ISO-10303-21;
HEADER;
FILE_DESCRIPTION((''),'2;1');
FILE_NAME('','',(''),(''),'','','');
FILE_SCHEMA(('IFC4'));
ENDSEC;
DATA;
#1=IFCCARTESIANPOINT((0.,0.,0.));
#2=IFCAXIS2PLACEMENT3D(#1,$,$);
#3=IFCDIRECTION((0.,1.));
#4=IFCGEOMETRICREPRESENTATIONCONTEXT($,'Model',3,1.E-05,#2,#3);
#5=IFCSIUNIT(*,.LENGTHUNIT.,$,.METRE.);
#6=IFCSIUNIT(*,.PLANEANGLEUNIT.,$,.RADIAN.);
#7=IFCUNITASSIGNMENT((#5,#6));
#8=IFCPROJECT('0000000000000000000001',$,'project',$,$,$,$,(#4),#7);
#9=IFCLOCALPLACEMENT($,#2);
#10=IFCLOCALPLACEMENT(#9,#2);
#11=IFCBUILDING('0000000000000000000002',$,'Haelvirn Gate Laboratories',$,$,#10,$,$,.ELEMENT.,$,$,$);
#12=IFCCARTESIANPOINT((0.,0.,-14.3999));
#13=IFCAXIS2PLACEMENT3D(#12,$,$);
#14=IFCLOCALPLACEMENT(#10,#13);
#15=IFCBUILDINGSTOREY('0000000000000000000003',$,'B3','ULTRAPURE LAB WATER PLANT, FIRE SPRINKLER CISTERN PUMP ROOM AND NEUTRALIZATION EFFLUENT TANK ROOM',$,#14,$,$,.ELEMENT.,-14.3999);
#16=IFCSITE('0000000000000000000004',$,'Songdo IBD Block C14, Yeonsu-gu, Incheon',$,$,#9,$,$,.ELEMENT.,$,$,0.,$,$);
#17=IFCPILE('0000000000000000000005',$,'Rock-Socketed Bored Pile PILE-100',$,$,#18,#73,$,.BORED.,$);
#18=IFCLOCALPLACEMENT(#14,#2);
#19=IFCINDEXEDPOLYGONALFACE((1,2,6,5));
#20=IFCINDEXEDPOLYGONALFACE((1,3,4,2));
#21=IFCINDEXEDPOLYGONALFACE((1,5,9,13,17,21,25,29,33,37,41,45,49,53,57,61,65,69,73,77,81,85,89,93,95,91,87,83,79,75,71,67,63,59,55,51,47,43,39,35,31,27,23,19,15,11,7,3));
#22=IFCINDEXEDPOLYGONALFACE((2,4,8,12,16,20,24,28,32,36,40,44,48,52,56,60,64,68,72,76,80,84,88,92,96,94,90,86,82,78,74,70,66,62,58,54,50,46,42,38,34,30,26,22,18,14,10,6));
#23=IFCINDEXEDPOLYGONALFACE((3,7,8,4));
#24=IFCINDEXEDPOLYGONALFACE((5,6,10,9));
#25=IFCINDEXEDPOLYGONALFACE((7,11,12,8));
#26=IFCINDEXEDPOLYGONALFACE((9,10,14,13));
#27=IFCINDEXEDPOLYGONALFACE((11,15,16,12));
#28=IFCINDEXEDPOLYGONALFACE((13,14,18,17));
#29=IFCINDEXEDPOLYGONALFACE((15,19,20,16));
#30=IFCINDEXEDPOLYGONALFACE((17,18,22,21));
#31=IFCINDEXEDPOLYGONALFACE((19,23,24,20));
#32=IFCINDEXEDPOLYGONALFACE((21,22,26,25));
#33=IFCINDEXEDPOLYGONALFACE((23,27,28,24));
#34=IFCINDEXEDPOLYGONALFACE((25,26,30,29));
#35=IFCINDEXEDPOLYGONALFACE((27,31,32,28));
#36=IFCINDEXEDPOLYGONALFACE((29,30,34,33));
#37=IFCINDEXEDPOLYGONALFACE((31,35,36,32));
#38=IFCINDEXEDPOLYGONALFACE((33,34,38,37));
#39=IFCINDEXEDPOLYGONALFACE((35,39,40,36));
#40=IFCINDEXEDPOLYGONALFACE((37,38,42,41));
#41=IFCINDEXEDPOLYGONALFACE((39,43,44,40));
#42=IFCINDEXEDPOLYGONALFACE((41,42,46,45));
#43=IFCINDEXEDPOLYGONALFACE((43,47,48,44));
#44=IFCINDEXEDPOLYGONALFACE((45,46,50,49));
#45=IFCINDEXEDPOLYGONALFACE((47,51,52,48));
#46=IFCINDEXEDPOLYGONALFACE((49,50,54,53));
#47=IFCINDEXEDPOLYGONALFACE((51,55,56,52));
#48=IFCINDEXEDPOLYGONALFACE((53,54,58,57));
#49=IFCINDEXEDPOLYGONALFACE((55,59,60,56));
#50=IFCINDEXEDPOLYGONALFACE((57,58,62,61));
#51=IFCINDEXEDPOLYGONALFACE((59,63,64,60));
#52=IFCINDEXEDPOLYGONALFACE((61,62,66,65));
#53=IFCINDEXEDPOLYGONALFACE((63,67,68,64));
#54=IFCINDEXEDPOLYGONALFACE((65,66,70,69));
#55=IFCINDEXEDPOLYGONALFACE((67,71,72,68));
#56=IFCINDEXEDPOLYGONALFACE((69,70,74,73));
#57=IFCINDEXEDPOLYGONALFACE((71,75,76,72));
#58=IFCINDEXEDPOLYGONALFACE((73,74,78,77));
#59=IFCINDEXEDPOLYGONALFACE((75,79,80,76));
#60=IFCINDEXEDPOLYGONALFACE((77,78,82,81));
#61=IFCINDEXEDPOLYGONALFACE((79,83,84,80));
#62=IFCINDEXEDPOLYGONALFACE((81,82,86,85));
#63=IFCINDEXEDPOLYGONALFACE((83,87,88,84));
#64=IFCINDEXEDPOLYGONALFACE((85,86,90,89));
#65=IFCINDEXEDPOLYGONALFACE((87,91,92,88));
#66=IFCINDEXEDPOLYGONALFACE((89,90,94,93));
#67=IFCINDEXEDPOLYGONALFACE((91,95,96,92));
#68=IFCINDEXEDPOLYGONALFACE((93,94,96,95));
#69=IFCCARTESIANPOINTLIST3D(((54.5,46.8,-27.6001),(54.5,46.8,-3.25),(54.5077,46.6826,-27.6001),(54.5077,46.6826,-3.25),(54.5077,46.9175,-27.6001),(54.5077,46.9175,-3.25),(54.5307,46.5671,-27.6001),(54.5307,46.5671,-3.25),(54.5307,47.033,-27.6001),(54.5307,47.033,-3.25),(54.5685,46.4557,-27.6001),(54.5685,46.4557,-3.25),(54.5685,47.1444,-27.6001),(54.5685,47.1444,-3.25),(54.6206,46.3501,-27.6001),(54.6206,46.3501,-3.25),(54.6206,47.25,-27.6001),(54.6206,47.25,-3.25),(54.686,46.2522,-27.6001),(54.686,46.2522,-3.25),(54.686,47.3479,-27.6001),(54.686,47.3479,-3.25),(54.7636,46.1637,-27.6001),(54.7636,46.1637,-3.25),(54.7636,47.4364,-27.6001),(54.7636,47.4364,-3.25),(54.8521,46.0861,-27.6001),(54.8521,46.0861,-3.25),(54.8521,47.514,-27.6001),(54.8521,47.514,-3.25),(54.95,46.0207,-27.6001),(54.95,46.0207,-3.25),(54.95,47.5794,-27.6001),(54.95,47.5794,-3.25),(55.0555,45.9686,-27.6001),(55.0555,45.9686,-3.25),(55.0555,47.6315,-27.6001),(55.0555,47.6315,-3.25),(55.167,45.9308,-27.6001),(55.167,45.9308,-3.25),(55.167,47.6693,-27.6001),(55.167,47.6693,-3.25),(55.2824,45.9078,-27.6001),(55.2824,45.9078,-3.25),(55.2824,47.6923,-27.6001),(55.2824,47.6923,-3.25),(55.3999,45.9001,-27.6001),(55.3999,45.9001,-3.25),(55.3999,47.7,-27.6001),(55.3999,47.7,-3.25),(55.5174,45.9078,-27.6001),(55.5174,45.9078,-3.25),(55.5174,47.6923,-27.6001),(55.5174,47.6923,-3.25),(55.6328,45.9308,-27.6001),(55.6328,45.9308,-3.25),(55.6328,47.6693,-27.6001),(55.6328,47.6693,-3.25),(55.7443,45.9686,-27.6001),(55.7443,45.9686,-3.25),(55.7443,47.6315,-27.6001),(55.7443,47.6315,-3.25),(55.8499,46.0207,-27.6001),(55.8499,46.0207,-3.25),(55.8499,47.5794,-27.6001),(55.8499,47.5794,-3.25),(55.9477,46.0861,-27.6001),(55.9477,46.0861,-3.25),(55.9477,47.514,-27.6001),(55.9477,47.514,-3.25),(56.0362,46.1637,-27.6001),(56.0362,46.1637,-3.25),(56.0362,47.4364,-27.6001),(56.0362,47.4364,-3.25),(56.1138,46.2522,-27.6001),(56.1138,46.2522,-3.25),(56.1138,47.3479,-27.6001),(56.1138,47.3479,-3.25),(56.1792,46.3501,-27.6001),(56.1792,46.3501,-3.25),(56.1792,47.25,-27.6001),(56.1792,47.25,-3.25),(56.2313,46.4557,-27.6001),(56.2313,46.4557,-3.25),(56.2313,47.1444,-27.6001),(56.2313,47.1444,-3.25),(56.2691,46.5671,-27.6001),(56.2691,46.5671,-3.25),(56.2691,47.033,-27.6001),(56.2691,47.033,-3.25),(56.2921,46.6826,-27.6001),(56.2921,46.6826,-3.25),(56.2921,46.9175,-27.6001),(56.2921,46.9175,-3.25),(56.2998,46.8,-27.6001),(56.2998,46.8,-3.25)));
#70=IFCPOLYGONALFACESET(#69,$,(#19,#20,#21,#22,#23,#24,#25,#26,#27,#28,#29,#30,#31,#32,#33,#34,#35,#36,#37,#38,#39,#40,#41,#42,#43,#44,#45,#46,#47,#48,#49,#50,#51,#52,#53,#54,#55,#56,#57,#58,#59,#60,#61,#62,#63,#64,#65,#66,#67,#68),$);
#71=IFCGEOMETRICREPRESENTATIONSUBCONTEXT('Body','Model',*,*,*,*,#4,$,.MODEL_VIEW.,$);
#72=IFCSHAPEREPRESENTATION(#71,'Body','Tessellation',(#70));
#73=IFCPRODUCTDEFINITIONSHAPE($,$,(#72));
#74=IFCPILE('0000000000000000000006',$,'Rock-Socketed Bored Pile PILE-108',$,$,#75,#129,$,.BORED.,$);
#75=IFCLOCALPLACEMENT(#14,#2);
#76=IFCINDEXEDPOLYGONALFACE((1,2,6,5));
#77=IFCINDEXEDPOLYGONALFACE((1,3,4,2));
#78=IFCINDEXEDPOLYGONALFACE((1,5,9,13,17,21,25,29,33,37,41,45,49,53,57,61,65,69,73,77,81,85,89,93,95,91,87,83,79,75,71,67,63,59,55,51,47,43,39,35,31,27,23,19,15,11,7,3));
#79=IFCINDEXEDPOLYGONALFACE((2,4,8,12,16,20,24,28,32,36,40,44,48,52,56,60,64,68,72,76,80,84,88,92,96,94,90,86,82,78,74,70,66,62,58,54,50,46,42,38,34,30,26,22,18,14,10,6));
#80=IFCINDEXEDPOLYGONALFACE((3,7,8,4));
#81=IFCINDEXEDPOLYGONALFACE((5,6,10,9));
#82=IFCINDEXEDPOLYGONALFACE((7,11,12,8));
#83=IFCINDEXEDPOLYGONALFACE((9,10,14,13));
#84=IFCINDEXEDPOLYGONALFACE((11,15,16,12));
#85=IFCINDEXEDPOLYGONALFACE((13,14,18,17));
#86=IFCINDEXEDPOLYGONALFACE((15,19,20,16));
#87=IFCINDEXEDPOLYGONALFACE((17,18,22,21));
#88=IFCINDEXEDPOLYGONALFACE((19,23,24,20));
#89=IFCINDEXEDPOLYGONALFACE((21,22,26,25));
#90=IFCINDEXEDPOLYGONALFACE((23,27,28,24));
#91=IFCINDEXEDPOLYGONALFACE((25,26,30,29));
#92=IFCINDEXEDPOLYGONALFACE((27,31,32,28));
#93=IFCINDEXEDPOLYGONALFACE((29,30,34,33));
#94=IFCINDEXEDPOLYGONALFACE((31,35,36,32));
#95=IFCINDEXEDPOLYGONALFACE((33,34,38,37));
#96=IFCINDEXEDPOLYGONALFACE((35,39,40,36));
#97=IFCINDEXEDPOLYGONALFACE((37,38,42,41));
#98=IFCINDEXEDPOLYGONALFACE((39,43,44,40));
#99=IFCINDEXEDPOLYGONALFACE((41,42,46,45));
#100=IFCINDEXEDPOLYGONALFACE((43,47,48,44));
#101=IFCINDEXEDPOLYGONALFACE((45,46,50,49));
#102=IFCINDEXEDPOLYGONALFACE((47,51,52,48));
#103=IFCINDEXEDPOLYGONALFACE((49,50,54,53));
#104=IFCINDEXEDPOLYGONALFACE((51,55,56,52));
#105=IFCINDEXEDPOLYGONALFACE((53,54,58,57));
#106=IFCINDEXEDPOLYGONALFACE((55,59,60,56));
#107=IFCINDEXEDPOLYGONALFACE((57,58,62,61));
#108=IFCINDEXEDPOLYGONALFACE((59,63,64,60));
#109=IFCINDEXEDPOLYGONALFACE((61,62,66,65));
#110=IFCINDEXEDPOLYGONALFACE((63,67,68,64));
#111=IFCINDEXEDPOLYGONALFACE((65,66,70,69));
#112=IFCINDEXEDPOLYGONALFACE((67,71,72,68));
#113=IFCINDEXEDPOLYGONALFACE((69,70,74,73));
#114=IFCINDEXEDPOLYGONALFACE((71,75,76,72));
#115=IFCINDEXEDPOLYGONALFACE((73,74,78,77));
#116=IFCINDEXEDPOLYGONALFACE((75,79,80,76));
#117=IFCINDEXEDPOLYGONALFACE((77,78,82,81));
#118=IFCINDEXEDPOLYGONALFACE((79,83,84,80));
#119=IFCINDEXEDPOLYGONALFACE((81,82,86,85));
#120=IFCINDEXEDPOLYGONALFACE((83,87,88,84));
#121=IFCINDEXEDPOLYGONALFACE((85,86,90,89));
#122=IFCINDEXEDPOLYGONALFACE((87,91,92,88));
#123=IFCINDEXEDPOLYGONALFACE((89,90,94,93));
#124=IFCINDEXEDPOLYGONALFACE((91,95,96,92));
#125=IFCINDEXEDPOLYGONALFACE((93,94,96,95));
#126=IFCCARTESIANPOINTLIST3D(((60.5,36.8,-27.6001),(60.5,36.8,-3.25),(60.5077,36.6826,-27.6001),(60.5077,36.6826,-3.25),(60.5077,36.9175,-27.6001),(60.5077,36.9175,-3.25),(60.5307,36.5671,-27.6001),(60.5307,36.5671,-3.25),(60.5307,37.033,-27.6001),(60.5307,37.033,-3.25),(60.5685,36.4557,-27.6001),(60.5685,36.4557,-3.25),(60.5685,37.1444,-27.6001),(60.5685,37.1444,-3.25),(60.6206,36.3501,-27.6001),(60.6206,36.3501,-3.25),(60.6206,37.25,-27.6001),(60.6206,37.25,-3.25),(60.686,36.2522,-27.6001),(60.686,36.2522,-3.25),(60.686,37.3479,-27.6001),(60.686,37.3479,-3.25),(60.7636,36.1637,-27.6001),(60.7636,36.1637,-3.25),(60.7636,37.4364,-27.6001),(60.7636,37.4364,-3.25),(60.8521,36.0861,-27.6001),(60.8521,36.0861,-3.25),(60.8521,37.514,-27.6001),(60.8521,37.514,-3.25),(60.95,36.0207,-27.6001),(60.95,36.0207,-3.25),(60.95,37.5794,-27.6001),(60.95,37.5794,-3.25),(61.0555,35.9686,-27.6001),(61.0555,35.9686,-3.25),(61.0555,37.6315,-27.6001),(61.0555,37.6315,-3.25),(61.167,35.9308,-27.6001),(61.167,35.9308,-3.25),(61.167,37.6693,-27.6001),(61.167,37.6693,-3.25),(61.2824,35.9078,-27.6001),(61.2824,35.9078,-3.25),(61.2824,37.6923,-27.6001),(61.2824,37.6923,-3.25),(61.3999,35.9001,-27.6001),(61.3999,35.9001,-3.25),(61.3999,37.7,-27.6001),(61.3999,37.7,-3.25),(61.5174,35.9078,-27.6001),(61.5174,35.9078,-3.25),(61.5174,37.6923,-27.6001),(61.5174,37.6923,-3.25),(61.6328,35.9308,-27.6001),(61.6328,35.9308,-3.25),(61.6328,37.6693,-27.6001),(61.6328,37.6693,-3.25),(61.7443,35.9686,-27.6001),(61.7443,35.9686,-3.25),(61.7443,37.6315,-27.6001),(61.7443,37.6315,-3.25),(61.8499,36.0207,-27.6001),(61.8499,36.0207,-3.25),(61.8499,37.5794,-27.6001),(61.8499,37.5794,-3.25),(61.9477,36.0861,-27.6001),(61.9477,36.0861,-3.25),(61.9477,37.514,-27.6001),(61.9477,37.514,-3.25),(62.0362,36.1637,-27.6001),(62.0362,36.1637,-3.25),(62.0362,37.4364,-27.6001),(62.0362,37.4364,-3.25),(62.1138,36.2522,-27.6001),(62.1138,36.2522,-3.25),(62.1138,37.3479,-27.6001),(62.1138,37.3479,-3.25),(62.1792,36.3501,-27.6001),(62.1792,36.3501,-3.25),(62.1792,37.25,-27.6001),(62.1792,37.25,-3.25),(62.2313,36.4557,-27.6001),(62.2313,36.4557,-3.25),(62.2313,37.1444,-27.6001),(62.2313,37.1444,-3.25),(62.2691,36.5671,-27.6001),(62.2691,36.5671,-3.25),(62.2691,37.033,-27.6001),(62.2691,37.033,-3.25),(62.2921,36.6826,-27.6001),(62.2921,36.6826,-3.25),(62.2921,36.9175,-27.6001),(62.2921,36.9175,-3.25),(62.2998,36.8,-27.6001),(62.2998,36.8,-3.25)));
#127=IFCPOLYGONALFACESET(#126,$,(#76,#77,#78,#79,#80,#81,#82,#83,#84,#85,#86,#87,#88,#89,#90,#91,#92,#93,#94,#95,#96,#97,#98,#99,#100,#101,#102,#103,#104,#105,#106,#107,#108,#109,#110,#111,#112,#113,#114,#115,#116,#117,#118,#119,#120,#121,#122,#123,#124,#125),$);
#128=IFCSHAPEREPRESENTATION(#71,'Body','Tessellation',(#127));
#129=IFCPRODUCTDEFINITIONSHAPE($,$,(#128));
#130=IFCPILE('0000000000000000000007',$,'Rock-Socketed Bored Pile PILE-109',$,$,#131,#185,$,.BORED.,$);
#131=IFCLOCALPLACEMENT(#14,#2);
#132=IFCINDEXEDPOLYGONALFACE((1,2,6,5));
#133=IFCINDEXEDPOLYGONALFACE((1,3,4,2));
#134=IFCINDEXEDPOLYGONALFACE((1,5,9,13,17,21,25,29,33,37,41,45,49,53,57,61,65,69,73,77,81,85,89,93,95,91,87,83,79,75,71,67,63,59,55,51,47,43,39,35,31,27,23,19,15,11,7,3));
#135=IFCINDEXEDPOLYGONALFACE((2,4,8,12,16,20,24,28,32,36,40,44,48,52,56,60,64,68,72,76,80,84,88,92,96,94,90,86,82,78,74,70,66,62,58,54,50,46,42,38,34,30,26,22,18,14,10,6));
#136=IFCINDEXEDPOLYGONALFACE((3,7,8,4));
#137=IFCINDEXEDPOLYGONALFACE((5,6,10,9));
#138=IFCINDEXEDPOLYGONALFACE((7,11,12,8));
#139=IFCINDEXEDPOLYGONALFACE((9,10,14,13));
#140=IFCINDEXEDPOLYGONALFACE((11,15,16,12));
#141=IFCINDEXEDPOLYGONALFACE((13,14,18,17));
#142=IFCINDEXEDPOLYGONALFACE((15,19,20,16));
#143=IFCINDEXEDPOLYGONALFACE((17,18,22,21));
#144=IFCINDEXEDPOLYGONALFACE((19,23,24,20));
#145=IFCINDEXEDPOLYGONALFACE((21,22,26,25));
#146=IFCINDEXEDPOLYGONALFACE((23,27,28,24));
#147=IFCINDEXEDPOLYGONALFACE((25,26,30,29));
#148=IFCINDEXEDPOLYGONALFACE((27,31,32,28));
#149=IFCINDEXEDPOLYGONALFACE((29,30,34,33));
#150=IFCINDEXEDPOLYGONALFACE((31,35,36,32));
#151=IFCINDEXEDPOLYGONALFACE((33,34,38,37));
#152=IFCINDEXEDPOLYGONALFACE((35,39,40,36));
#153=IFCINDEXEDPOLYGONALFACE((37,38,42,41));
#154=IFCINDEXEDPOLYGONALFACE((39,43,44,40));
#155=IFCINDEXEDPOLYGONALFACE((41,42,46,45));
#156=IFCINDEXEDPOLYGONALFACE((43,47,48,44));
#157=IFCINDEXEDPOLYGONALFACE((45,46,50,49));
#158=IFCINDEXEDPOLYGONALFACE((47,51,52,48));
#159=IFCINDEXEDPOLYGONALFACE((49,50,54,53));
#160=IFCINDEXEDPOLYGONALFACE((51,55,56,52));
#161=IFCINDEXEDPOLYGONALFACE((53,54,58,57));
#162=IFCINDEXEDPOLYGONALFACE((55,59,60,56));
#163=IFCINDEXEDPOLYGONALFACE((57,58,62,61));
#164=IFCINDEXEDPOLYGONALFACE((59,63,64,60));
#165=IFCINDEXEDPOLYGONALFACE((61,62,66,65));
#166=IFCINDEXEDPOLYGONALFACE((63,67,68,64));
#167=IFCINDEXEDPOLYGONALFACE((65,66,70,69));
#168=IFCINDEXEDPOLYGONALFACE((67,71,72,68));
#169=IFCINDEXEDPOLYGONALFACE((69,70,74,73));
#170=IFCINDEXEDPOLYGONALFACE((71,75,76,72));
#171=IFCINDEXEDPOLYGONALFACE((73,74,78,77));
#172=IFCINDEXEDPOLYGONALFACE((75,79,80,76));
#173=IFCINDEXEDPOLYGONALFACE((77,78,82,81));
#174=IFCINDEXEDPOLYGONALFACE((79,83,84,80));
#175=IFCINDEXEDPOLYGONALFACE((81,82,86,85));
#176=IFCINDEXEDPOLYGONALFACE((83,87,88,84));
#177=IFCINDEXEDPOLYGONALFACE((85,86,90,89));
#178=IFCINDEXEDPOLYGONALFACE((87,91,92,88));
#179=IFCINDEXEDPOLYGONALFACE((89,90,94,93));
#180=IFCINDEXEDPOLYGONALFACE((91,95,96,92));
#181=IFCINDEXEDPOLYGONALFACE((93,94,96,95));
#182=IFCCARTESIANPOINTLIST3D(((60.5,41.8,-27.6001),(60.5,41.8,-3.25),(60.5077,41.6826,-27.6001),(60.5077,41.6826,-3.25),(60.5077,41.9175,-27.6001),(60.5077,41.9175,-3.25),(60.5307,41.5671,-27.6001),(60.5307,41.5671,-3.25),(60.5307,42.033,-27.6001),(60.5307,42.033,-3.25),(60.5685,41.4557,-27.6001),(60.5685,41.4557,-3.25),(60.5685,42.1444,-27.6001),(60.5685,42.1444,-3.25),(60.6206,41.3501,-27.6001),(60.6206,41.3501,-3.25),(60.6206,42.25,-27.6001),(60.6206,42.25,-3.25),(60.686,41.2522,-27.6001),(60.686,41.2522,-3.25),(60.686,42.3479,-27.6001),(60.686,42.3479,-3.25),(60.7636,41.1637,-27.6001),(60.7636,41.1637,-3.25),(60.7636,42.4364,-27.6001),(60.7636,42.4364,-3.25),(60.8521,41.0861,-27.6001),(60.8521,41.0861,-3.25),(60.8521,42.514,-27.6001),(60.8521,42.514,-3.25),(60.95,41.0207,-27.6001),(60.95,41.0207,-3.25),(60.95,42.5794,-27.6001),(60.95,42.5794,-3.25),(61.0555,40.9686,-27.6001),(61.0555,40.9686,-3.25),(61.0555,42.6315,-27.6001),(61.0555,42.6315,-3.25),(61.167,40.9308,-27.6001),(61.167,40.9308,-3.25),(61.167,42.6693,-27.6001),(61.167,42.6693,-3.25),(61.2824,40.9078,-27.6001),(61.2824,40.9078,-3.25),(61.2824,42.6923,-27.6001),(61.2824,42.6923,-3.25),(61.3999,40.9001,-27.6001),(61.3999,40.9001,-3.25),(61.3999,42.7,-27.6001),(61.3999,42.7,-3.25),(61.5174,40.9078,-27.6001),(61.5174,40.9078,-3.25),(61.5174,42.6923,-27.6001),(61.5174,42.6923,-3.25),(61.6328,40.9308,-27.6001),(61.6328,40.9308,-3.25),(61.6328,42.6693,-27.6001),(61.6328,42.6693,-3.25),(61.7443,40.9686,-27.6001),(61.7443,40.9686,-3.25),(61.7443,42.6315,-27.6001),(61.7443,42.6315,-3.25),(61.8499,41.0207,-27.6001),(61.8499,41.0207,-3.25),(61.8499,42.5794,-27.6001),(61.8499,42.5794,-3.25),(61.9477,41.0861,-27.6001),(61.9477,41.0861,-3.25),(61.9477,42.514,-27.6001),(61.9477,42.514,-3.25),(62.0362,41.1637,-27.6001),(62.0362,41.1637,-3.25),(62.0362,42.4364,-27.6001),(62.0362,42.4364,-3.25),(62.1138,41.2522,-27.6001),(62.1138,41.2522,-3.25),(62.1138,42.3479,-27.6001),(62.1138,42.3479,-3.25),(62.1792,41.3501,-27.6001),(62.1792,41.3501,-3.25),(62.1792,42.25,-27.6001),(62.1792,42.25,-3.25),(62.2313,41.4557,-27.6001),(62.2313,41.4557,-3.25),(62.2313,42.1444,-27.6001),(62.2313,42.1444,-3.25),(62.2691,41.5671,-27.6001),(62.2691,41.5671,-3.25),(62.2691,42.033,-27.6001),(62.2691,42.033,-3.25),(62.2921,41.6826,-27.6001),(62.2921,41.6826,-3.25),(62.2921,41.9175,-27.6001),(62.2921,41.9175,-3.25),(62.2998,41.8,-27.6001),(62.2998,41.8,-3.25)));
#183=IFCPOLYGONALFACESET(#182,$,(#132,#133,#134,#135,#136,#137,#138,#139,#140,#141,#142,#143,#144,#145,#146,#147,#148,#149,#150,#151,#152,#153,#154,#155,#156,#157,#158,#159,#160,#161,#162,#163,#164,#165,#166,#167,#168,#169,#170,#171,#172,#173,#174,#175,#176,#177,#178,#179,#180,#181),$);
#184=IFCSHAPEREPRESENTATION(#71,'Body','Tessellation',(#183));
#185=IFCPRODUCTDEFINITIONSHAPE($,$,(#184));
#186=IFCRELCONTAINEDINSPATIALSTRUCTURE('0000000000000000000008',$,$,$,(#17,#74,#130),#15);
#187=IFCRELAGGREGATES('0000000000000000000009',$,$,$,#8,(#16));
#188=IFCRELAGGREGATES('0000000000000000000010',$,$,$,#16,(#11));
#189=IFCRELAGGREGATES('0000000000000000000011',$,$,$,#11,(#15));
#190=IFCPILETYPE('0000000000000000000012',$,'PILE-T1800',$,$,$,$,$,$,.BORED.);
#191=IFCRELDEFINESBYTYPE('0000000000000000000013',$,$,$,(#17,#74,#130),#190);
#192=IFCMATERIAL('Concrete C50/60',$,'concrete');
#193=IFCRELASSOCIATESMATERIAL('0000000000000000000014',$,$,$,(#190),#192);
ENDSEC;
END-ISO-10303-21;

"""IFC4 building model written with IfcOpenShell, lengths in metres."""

from ifc_helpers import new_model, si_unit, direction, frame, origin, origin_2d, place, context, subcontext, project, spatial, circle, extrude, source, transform, mapped, material, material_profile, profile_set, type_object, type_shapes, element, save


model = new_model("IFC4")

# Units and contexts
model_context = context("Model", 3, precision=1e-05, world=origin(), true_north=direction((0.0, 1.0)))
body_context = subcontext(model_context, "Body", "Model", "MODEL_VIEW")
ifc_project = project(units=[si_unit("LENGTHUNIT", "METRE"), si_unit("PLANEANGLEUNIT", "RADIAN")], contexts=[model_context])

# Site, building, storey
site_placement = place(None, origin())
site = spatial("IfcSite", under=ifc_project, at=site_placement, Name="Songdo IBD Block C14, Yeonsu-gu, Incheon", CompositionType="ELEMENT", RefElevation=0.0)
building_placement = place(site_placement, origin())
building = spatial("IfcBuilding", under=site, at=building_placement, Name="Haelvirn Gate Laboratories", CompositionType="ELEMENT")
storey_placement = place(building_placement, frame((0.0, 0.0, -14.3999)))
storey = spatial("IfcBuildingStorey", under=building, at=storey_placement, Name="B3", Description="ULTRAPURE LAB WATER PLANT, FIRE SPRINKLER CISTERN PUMP ROOM AND NEUTRALIZATION EFFLUENT TANK ROOM", CompositionType="ELEMENT", Elevation=-14.3999)

# Piles
ifc_material_1 = material(Name="Concrete C50/60", Category="concrete")
ifc_material_profile_1 = material_profile(ifc_material_1, circle(Radius=0.8999, at=origin_2d()), Name="PILE-D1800")
ifc_profile_set_1 = profile_set([ifc_material_profile_1], Name="Concrete C50/60")
pile_type_1 = type_object("IfcPileType", Name="PILE-T1800", PredefinedType="BORED", material=ifc_profile_set_1)
shared_shape_1 = source(origin(), body_context, "Body", "SweptSolid", [
    extrude(circle(Radius=0.8999, at=origin_2d()), origin(), (0.0, 0.0, 1.0), 24.3501),
])
type_shapes(pile_type_1, [shared_shape_1])
for number, where, z_axis, x_axis, name in (
    (1, (55.3999, 46.8, -3.25), (0.0, 0.0, -1.0), (1.0, 0.0, 0.0), "Rock-Socketed Bored Pile PILE-100"),
    (2, (61.3999, 36.8, -3.25), (0.0, 0.0, -1.0), (1.0, 0.0, 0.0), "Rock-Socketed Bored Pile PILE-108"),
    (3, (61.3999, 41.8, -3.25), (0.0, 0.0, -1.0), (1.0, 0.0, 0.0), "Rock-Socketed Bored Pile PILE-109"),
):
    element("IfcPile", number, at=place(storey_placement, frame(where, z_axis=z_axis, x_axis=x_axis)), inside=storey, type_object=pile_type_1, Name=name, PredefinedType="BORED", context=body_context, shape_type="MappedRepresentation", body=[
        mapped(shared_shape_1, transform((0.0, 0.0, 0.0), scale=1.0)),
    ])

save(model, "model.ifc")
